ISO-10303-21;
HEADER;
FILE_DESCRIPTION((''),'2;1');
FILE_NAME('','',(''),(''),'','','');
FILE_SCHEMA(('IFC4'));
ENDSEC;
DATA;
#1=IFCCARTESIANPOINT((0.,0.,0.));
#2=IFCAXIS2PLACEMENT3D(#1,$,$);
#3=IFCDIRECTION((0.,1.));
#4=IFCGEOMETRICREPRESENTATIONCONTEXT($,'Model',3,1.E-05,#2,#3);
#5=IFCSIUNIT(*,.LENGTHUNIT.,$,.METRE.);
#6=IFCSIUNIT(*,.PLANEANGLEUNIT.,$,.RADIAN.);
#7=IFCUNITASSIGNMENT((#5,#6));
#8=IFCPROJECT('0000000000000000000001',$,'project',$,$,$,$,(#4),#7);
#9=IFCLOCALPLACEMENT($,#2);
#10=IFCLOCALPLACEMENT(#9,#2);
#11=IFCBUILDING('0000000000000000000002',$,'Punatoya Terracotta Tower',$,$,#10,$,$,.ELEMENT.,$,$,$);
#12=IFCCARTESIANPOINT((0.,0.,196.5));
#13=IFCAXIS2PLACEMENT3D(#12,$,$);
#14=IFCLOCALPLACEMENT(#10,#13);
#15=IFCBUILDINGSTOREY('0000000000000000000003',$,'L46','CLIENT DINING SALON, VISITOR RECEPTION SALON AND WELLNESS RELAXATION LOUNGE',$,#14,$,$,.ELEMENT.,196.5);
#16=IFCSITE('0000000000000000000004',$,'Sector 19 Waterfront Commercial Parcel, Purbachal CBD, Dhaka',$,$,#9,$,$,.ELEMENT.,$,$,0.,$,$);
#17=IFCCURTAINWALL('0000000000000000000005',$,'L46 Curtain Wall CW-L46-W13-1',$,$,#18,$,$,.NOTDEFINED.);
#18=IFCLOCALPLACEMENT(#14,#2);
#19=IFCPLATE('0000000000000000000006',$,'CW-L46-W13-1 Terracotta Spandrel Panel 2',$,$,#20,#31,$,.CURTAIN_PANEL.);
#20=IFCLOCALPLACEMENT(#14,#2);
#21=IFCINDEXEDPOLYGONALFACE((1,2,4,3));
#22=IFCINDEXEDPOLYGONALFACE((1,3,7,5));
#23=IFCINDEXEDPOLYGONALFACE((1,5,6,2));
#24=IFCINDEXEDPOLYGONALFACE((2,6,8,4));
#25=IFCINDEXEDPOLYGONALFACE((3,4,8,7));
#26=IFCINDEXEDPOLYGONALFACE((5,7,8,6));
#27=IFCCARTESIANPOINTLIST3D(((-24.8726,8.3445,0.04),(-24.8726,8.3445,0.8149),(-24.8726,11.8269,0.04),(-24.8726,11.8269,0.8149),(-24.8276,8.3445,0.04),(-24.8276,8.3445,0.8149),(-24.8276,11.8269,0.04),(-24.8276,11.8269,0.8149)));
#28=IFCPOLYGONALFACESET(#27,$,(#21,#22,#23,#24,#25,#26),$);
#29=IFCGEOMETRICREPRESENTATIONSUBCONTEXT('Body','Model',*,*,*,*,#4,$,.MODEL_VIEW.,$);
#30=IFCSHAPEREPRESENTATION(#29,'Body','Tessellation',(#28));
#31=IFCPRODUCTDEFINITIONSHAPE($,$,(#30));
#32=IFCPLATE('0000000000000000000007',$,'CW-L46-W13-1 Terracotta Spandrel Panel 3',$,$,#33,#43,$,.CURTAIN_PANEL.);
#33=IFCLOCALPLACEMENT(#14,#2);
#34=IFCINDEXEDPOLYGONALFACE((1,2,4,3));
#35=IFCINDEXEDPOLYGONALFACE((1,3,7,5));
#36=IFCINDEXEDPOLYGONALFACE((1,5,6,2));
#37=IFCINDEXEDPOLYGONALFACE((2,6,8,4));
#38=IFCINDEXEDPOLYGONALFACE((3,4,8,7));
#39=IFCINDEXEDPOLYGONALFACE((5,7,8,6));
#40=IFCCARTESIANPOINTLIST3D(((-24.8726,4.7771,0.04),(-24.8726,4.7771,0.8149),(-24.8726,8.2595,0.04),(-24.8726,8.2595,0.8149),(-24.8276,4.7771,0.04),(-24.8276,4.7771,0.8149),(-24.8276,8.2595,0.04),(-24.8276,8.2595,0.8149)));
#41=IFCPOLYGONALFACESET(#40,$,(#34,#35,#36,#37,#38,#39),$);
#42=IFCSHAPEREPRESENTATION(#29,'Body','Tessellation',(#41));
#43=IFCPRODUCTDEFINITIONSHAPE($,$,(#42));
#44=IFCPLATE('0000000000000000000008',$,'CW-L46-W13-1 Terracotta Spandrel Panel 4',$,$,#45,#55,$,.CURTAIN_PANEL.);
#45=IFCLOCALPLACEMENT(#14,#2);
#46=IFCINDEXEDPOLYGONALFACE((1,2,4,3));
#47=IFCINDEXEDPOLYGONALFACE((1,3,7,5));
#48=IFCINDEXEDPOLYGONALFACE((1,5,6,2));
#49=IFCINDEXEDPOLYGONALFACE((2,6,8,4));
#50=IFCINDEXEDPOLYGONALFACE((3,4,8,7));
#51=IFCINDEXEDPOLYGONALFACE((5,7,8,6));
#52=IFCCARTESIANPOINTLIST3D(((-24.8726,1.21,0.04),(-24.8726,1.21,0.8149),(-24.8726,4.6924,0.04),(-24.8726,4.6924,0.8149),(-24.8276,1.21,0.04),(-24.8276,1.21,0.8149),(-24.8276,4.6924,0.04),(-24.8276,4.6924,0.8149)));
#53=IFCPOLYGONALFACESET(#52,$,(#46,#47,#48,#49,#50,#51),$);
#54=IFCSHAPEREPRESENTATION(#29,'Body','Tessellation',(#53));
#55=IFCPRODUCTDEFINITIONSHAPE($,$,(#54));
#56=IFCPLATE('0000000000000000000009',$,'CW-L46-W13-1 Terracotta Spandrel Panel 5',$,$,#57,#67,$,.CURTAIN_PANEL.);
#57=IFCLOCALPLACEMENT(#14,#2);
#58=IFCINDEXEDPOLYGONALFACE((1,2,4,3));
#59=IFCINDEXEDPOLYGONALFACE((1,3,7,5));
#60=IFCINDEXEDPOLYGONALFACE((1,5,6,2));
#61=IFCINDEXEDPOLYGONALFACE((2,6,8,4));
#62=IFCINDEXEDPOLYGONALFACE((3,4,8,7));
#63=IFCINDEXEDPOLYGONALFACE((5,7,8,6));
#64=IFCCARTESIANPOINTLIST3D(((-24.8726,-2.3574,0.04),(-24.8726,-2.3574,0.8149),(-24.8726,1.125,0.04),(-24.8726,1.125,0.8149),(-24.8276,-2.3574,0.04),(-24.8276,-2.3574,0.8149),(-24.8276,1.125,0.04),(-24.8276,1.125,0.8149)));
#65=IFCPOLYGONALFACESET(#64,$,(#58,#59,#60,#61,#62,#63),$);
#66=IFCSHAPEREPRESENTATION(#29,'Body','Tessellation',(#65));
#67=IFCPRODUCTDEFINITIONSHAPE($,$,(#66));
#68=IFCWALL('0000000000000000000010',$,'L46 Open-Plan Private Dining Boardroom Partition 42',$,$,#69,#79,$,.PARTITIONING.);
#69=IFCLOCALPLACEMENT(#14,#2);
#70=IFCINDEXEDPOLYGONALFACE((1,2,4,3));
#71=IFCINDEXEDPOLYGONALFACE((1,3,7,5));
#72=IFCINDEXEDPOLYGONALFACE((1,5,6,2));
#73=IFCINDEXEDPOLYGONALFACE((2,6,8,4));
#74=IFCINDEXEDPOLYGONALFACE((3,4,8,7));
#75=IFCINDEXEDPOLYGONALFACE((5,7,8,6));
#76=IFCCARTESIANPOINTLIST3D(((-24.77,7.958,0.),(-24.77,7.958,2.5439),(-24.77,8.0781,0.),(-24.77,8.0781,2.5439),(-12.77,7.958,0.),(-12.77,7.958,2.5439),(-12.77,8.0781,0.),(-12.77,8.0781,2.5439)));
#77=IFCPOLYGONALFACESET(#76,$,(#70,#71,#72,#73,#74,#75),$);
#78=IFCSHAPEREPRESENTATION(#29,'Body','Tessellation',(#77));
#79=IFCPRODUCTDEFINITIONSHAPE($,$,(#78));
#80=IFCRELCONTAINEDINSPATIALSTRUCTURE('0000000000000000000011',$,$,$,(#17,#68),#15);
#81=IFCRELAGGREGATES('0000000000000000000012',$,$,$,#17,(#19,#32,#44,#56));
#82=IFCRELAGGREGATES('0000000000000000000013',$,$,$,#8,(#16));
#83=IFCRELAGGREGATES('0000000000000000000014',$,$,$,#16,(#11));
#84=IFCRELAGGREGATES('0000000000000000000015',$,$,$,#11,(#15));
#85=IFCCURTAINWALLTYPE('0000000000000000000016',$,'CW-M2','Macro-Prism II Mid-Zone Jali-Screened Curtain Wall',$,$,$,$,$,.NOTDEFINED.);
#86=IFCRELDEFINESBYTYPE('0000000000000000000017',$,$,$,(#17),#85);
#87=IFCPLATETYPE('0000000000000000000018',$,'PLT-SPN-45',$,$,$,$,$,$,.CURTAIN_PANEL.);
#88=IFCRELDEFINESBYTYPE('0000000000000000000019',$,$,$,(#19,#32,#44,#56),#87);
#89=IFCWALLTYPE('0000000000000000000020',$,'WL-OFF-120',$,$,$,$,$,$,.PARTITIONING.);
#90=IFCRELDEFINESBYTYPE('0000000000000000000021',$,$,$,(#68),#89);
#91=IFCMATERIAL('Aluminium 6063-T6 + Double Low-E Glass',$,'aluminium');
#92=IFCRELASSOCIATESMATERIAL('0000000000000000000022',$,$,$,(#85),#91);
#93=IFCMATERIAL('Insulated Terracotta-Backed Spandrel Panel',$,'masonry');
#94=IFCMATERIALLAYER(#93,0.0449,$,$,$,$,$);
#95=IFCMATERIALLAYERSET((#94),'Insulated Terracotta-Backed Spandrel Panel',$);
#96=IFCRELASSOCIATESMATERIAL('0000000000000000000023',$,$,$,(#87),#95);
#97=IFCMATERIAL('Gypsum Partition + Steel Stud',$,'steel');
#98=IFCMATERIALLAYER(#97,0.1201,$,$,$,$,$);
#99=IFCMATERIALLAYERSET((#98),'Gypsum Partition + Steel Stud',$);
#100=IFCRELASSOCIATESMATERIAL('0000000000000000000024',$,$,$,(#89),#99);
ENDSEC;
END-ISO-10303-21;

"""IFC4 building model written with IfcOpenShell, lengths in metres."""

from ifc_helpers import new_model, si_unit, direction, frame, frame_2d, origin, origin_2d, place, context, subcontext, project, spatial, rectangle, extrude, material, layer, layer_set, type_object, element, aggregate, save


model = new_model("IFC4")

# Units and contexts
model_context = context("Model", 3, precision=1e-05, world=origin(), true_north=direction((0.0, 1.0)))
body_context = subcontext(model_context, "Body", "Model", "MODEL_VIEW")
ifc_project = project(units=[si_unit("LENGTHUNIT", "METRE"), si_unit("PLANEANGLEUNIT", "RADIAN")], contexts=[model_context])

# Site, building, storey
site_placement = place(None, origin())
site = spatial("IfcSite", under=ifc_project, at=site_placement, Name="Sector 19 Waterfront Commercial Parcel, Purbachal CBD, Dhaka", CompositionType="ELEMENT", RefElevation=0.0)
building_placement = place(site_placement, origin())
building = spatial("IfcBuilding", under=site, at=building_placement, Name="Punatoya Terracotta Tower", CompositionType="ELEMENT")
storey_placement = place(building_placement, frame((0.0, 0.0, 196.5)))
storey = spatial("IfcBuildingStorey", under=building, at=storey_placement, Name="L46", Description="CLIENT DINING SALON, VISITOR RECEPTION SALON AND WELLNESS RELAXATION LOUNGE", CompositionType="ELEMENT", Elevation=196.5)

# Curtain wall, plates
ifc_material_1 = material(Name="Aluminium 6063-T6 + Double Low-E Glass", Category="aluminium")
curtain_wall_type = type_object("IfcCurtainWallType", Name="CW-M2", Description="Macro-Prism II Mid-Zone Jali-Screened Curtain Wall", PredefinedType="NOTDEFINED", material=ifc_material_1)
curtain_wall_placement = place(storey_placement, origin())
curtain_wall = element("IfcCurtainWall", 1, at=curtain_wall_placement, inside=storey, type_object=curtain_wall_type, Name="L46 Curtain Wall CW-L46-W13-1", PredefinedType="NOTDEFINED")
ifc_material_2 = material(Name="Insulated Terracotta-Backed Spandrel Panel", Category="masonry")
ifc_layer_1 = layer(ifc_material_2, 0.0449)
ifc_layer_set_1 = layer_set([ifc_layer_1], Name="Insulated Terracotta-Backed Spandrel Panel")
plate_type_1 = type_object("IfcPlateType", Name="PLT-SPN-45", PredefinedType="CURTAIN_PANEL", material=ifc_layer_set_1)
plate_1_placement = place(storey_placement, frame((-24.8501, 10.0857, 0.04), z_axis=(0.0, 0.0, 1.0), x_axis=(0.0, -1.0, 0.0)))
plate_1 = element("IfcPlate", 2, at=plate_1_placement, type_object=plate_type_1, Name="CW-L46-W13-1 Terracotta Spandrel Panel 2", PredefinedType="CURTAIN_PANEL", context=body_context, shape_type="SweptSolid", body=[
    extrude(rectangle(XDim=3.4824, YDim=0.0449, at=origin_2d()), origin(), (0.0, 0.0, 1.0), 0.7749),
])
plate_2_placement = place(storey_placement, frame((-24.8501, 6.5183, 0.04), z_axis=(0.0, 0.0, 1.0), x_axis=(0.0, -1.0, 0.0)))
plate_2 = element("IfcPlate", 3, at=plate_2_placement, type_object=plate_type_1, Name="CW-L46-W13-1 Terracotta Spandrel Panel 3", PredefinedType="CURTAIN_PANEL", context=body_context, shape_type="SweptSolid", body=[
    extrude(rectangle(XDim=3.4824, YDim=0.0449, at=origin_2d()), origin(), (0.0, 0.0, 1.0), 0.7749),
])
plate_3_placement = place(storey_placement, frame((-24.8501, 2.9512, 0.04), z_axis=(0.0, 0.0, 1.0), x_axis=(0.0, -1.0, 0.0)))
plate_3 = element("IfcPlate", 4, at=plate_3_placement, type_object=plate_type_1, Name="CW-L46-W13-1 Terracotta Spandrel Panel 4", PredefinedType="CURTAIN_PANEL", context=body_context, shape_type="SweptSolid", body=[
    extrude(rectangle(XDim=3.4824, YDim=0.0449, at=origin_2d()), origin(), (0.0, 0.0, 1.0), 0.7749),
])
plate_4_placement = place(storey_placement, frame((-24.8501, -0.6162, 0.04), z_axis=(0.0, 0.0, 1.0), x_axis=(0.0, -1.0, 0.0)))
plate_4 = element("IfcPlate", 5, at=plate_4_placement, type_object=plate_type_1, Name="CW-L46-W13-1 Terracotta Spandrel Panel 5", PredefinedType="CURTAIN_PANEL", context=body_context, shape_type="SweptSolid", body=[
    extrude(rectangle(XDim=3.4824, YDim=0.0449, at=origin_2d()), origin(), (0.0, 0.0, 1.0), 0.7749),
])
aggregate(curtain_wall, [plate_1, plate_2, plate_3, plate_4])

# Wall
ifc_material_3 = material(Name="Gypsum Partition + Steel Stud", Category="steel")
ifc_layer_2 = layer(ifc_material_3, 0.1201)
ifc_layer_set_2 = layer_set([ifc_layer_2], Name="Gypsum Partition + Steel Stud")
wall_type = type_object("IfcWallType", Name="WL-OFF-120", PredefinedType="PARTITIONING", material=ifc_layer_set_2)
wall_placement = place(storey_placement, frame((-24.77, 8.0181, 0.0), z_axis=(0.0, 0.0, 1.0), x_axis=(1.0, 0.0, 0.0)))
element("IfcWall", 6, at=wall_placement, inside=storey, type_object=wall_type, Name="L46 Open-Plan Private Dining Boardroom Partition 42", PredefinedType="PARTITIONING", context=body_context, shape_type="SweptSolid", body=[
    extrude(rectangle(XDim=12.0, YDim=0.1201, at=frame_2d((6.0, 0.0))), origin(), (0.0, 0.0, 1.0), 2.5439),
])

save(model, "model.ifc")
